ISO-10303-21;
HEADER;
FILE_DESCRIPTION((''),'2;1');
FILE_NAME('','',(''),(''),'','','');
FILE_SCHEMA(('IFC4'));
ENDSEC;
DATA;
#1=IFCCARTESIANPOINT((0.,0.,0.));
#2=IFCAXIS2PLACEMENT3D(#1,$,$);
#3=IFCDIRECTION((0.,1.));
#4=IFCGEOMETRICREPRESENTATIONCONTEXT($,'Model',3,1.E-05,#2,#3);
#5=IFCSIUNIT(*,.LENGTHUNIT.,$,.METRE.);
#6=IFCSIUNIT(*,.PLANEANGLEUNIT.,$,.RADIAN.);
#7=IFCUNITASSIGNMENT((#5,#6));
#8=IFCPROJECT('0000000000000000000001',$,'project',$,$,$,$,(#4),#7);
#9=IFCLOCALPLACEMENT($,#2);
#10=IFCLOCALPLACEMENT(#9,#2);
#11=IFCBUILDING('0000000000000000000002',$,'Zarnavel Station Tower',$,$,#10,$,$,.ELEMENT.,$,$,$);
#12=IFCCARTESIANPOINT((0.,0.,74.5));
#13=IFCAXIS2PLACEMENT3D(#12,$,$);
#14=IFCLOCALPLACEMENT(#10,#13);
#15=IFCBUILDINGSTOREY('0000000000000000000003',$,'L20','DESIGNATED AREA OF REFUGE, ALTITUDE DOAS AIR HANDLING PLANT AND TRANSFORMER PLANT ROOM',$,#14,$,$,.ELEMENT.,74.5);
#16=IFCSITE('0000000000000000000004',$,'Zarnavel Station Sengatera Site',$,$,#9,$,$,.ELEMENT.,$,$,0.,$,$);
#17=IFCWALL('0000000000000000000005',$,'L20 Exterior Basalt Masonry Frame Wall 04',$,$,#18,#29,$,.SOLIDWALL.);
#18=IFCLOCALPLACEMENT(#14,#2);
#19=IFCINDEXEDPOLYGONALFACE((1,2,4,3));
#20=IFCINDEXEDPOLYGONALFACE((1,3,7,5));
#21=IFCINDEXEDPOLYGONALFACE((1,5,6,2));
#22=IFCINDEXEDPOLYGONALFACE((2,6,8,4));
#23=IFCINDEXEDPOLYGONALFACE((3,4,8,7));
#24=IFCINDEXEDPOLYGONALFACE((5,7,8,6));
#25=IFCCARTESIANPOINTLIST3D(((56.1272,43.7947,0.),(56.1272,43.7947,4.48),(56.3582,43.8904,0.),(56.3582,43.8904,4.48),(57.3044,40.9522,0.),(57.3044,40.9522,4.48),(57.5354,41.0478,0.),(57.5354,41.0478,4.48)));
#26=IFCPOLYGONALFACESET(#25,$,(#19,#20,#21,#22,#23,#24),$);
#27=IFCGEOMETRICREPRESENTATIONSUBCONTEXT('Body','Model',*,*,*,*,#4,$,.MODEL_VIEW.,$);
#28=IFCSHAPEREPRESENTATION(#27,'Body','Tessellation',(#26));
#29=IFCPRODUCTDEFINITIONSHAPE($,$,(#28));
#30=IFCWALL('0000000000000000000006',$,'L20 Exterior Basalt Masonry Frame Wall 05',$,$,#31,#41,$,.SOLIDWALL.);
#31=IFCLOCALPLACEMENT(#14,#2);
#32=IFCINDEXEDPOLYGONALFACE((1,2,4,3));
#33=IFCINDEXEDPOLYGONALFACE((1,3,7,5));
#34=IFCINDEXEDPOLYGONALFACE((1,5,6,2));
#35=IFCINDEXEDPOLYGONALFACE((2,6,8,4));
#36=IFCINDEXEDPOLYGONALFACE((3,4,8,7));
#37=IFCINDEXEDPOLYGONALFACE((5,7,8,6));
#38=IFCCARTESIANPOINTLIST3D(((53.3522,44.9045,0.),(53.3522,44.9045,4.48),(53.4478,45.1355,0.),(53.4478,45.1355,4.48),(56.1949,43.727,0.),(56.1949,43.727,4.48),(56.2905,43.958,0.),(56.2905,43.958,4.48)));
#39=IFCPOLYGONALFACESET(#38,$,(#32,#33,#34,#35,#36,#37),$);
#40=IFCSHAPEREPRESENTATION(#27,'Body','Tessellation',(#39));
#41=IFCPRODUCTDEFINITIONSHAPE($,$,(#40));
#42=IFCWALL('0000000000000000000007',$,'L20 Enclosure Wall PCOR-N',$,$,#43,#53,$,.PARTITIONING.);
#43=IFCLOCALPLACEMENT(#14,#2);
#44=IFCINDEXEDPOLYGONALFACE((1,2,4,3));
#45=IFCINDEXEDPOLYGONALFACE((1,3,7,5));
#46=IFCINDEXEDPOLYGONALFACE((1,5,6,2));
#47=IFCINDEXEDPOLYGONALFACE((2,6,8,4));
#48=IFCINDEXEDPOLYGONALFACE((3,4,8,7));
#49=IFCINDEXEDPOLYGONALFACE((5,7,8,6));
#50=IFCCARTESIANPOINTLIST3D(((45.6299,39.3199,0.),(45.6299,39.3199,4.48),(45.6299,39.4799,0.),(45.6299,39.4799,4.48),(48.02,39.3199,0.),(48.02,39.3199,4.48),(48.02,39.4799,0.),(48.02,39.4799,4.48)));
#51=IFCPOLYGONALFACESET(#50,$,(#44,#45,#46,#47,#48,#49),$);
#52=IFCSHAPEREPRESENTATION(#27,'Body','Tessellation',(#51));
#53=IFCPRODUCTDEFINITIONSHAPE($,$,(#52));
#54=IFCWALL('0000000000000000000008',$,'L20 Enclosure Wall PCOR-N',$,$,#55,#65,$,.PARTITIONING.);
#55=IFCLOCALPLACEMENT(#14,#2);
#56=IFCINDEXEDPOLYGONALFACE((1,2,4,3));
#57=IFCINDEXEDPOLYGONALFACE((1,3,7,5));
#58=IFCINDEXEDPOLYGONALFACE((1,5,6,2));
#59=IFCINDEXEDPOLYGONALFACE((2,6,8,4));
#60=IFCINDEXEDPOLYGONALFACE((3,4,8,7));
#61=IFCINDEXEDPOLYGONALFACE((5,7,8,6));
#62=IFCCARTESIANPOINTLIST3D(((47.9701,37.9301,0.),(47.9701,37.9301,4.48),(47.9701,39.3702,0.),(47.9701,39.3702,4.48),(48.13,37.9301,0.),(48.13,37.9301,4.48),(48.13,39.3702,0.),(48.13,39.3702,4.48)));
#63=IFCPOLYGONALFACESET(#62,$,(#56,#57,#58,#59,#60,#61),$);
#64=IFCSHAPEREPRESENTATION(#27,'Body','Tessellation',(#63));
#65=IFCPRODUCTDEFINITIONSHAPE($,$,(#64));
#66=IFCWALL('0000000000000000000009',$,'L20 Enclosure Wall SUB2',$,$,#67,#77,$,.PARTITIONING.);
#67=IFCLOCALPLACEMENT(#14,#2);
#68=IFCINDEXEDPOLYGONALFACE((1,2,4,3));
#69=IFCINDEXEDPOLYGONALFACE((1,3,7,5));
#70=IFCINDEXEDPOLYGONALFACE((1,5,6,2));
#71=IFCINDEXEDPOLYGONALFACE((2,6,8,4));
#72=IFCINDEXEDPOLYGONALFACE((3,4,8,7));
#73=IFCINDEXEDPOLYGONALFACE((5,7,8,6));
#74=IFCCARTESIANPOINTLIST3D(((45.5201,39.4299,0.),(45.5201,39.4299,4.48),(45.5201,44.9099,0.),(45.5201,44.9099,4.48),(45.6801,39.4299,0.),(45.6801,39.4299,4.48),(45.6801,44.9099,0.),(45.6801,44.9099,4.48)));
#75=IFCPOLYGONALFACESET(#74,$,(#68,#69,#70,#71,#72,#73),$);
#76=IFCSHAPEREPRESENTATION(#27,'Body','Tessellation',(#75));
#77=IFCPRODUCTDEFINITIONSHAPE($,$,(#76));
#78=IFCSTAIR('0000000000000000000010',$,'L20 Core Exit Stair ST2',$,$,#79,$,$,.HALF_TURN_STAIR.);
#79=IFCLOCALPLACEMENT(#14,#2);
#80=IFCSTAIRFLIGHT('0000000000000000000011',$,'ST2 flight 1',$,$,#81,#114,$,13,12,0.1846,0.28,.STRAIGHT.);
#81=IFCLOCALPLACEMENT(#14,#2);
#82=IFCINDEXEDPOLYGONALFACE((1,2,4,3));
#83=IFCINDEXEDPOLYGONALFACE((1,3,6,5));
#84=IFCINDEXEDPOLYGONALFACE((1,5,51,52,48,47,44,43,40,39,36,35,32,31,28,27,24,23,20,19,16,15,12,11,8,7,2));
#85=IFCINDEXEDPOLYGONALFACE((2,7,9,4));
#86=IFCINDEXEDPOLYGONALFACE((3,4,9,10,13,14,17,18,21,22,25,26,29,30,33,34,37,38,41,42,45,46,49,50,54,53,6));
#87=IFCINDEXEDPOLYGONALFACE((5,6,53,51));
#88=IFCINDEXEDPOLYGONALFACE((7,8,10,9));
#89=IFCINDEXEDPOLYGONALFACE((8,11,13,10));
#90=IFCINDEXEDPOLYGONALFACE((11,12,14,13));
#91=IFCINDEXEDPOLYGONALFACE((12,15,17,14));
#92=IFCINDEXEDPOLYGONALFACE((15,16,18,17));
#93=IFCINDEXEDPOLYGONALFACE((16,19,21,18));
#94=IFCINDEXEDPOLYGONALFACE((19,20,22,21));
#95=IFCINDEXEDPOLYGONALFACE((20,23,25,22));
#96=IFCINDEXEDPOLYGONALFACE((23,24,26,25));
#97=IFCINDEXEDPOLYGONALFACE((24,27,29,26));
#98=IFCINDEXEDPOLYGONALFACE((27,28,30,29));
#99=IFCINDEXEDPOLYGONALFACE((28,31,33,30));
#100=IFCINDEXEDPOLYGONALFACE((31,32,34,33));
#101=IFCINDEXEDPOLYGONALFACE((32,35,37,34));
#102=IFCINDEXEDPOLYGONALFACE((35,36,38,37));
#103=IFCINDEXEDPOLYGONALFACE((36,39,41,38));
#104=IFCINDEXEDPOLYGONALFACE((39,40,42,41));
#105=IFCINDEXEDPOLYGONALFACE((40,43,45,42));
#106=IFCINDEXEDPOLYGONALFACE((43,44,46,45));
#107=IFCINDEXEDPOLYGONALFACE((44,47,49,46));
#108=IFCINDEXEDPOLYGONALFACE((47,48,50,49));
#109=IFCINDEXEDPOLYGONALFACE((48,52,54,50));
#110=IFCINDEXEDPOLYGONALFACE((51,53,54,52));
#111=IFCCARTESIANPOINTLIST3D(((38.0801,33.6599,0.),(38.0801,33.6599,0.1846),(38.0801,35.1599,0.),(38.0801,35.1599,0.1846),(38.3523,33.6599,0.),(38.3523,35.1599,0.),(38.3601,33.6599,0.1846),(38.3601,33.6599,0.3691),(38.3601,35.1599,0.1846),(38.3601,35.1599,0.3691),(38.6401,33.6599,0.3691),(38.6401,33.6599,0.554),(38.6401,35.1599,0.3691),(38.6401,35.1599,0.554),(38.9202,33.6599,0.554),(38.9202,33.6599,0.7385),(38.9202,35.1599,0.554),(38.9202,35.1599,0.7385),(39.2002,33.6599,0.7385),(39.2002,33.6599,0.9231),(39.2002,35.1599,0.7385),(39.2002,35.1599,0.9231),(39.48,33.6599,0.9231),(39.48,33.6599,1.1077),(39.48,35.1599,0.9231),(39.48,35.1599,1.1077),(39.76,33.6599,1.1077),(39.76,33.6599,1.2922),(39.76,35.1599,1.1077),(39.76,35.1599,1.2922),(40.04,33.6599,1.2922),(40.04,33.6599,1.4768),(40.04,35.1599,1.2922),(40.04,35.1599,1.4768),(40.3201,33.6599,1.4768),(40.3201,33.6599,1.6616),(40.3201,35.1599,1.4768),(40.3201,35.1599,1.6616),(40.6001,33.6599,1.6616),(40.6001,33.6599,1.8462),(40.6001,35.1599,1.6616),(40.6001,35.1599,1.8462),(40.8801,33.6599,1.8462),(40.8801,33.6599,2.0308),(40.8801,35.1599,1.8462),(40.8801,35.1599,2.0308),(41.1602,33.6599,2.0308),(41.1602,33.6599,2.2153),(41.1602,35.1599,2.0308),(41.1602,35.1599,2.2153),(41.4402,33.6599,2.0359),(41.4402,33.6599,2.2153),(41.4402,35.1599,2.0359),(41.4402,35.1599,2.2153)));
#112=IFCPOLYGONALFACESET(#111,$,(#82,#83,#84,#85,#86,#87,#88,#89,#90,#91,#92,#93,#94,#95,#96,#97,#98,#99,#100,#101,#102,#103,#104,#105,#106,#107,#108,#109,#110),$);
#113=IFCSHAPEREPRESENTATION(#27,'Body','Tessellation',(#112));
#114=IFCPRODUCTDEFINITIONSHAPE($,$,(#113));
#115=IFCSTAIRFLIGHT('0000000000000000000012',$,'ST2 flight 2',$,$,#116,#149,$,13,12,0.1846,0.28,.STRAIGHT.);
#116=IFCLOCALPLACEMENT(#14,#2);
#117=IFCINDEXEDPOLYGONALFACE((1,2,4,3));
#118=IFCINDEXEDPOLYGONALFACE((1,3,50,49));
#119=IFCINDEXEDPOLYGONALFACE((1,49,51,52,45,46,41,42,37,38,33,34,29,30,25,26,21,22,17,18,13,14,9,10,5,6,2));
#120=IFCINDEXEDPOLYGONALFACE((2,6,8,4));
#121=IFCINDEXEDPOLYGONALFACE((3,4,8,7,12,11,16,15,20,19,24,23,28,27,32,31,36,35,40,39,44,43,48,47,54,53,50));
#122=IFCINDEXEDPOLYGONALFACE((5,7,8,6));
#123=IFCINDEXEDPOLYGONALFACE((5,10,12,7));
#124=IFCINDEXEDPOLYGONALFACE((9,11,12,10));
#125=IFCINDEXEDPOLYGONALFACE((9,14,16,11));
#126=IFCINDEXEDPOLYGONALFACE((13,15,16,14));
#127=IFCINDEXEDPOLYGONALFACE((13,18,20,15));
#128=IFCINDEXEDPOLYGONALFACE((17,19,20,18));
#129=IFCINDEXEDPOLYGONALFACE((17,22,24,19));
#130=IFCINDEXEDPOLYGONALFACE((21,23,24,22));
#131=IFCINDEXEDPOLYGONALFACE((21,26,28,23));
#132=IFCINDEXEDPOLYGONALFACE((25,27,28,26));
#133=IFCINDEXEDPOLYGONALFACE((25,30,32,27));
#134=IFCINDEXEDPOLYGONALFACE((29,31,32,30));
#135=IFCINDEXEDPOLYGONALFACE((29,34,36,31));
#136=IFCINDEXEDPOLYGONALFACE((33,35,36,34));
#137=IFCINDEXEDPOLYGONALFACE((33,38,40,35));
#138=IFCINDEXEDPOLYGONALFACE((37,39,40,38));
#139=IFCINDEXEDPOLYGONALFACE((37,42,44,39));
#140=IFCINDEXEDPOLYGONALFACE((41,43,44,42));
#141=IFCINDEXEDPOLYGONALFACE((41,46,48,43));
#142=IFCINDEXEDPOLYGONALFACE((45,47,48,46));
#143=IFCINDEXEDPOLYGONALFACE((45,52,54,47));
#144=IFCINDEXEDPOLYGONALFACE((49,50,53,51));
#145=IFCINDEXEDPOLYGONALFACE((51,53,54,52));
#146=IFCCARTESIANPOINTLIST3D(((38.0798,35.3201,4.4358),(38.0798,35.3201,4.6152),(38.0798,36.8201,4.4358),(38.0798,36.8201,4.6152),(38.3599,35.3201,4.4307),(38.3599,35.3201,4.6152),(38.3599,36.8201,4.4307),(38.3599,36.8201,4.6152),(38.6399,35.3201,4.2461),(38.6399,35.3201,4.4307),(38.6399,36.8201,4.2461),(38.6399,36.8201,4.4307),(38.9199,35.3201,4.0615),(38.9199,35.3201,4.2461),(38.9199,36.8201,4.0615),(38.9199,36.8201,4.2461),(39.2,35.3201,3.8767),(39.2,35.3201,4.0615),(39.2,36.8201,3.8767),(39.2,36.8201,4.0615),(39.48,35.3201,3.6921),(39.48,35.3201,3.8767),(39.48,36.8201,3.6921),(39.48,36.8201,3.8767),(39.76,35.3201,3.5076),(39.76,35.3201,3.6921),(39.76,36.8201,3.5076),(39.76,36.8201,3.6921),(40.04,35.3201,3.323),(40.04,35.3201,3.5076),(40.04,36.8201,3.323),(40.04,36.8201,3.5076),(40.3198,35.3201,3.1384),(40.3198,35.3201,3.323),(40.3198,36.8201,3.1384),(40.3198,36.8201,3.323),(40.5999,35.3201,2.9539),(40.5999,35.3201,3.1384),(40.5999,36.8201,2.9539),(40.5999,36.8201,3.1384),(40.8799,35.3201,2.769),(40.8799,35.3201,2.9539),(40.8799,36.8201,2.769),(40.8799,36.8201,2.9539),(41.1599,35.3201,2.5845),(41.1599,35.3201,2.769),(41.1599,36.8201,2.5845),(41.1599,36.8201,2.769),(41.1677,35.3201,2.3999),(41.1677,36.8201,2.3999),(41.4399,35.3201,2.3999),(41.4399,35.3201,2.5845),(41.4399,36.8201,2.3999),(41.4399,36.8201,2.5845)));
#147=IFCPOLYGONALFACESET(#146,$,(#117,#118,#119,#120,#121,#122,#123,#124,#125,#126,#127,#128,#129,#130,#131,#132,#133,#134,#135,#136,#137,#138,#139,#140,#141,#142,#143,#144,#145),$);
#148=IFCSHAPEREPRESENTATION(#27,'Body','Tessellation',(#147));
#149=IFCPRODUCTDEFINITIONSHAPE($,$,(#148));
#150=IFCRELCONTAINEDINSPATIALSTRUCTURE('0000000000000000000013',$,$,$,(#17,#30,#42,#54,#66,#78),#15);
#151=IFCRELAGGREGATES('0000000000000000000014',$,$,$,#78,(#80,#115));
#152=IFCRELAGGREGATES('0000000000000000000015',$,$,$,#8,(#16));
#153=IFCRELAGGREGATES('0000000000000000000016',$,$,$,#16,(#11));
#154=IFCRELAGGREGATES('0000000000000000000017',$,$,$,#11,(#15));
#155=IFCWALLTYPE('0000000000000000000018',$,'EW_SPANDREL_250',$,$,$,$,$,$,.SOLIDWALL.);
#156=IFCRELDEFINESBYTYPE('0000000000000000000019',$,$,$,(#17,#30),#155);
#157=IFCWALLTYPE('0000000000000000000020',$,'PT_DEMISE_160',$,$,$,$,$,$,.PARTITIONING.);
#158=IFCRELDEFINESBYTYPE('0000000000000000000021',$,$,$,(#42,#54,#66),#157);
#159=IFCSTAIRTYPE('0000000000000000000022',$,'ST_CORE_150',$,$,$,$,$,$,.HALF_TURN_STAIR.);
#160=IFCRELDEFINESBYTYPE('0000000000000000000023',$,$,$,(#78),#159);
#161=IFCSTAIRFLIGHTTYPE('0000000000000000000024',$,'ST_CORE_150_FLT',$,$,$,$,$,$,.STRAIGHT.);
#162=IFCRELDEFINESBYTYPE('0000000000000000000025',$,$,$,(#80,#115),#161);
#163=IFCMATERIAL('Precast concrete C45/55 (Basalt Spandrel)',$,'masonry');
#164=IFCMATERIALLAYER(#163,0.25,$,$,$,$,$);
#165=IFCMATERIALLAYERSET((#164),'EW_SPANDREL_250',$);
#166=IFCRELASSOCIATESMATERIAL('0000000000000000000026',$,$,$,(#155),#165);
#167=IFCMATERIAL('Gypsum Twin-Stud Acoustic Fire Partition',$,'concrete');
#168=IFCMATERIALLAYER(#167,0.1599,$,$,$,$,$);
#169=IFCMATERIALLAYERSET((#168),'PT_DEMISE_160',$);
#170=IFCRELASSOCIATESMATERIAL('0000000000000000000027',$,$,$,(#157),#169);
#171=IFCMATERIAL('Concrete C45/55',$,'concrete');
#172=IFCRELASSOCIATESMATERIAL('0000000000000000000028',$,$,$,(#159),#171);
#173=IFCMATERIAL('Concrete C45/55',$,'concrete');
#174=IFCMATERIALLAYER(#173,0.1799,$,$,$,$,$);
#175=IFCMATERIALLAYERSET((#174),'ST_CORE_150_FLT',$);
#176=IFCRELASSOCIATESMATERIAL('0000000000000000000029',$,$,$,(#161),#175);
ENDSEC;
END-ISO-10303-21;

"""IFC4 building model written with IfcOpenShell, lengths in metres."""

from ifc_helpers import new_model, si_unit, direction, frame, frame_2d, origin, place, context, subcontext, project, spatial, polyline, rectangle, outline, extrude, material, layer, layer_set, type_object, element, aggregate, save


model = new_model("IFC4")

# Units and contexts
model_context = context("Model", 3, precision=1e-05, world=origin(), true_north=direction((0.0, 1.0)))
body_context = subcontext(model_context, "Body", "Model", "MODEL_VIEW")
ifc_project = project(units=[si_unit("LENGTHUNIT", "METRE"), si_unit("PLANEANGLEUNIT", "RADIAN")], contexts=[model_context])

# Site, building, storey
site_placement = place(None, origin())
site = spatial("IfcSite", under=ifc_project, at=site_placement, Name="Zarnavel Station Sengatera Site", CompositionType="ELEMENT", RefElevation=0.0)
building_placement = place(site_placement, origin())
building = spatial("IfcBuilding", under=site, at=building_placement, Name="Zarnavel Station Tower", CompositionType="ELEMENT")
storey_placement = place(building_placement, frame((0.0, 0.0, 74.5)))
storey = spatial("IfcBuildingStorey", under=building, at=storey_placement, Name="L20", Description="DESIGNATED AREA OF REFUGE, ALTITUDE DOAS AIR HANDLING PLANT AND TRANSFORMER PLANT ROOM", CompositionType="ELEMENT", Elevation=74.5)

# Walls
ifc_material_1 = material(Name="Precast concrete C45/55 (Basalt Spandrel)", Category="masonry")
ifc_layer_1 = layer(ifc_material_1, 0.25)
ifc_layer_set_1 = layer_set([ifc_layer_1], Name="EW_SPANDREL_250")
wall_type_1 = type_object("IfcWallType", Name="EW_SPANDREL_250", PredefinedType="SOLIDWALL", material=ifc_layer_set_1)
wall_1_placement = place(storey_placement, frame((56.2427, 43.8425, 0.0), z_axis=(0.0, 0.0, 1.0), x_axis=(0.382637, -0.923899, 0.0)))
element("IfcWall", 1, at=wall_1_placement, inside=storey, type_object=wall_type_1, Name="L20 Exterior Basalt Masonry Frame Wall 04", PredefinedType="SOLIDWALL", context=body_context, shape_type="SweptSolid", body=[
    extrude(rectangle(XDim=3.0767, YDim=0.25, at=frame_2d((1.5383, 0.0))), origin(), (0.0, 0.0, 1.0), 4.48),
])
wall_2_placement = place(storey_placement, frame((53.3999, 45.02, 0.0), z_axis=(0.0, 0.0, 1.0), x_axis=(0.923882, -0.382676, 0.0)))
element("IfcWall", 2, at=wall_2_placement, inside=storey, type_object=wall_type_1, Name="L20 Exterior Basalt Masonry Frame Wall 05", PredefinedType="SOLIDWALL", context=body_context, shape_type="SweptSolid", body=[
    extrude(rectangle(XDim=3.0769, YDim=0.25, at=frame_2d((1.5386, 0.0))), origin(), (0.0, 0.0, 1.0), 4.48),
])
ifc_material_2 = material(Name="Gypsum Twin-Stud Acoustic Fire Partition", Category="concrete")
ifc_layer_2 = layer(ifc_material_2, 0.1599)
ifc_layer_set_2 = layer_set([ifc_layer_2], Name="PT_DEMISE_160")
wall_type_2 = type_object("IfcWallType", Name="PT_DEMISE_160", PredefinedType="PARTITIONING", material=ifc_layer_set_2)
wall_3_placement = place(storey_placement, frame((45.6299, 39.3999, 0.0), z_axis=(0.0, 0.0, 1.0), x_axis=(1.0, 0.0, 0.0)))
element("IfcWall", 3, at=wall_3_placement, inside=storey, type_object=wall_type_2, Name="L20 Enclosure Wall PCOR-N", PredefinedType="PARTITIONING", context=body_context, shape_type="SweptSolid", body=[
    extrude(rectangle(XDim=2.3901, YDim=0.1599, at=frame_2d((1.1951, 0.0))), origin(), (0.0, 0.0, 1.0), 4.48),
])
wall_4_placement = place(storey_placement, frame((48.05, 37.9299, 0.0), z_axis=(0.0, 0.0, 1.0), x_axis=(0.0, 1.0, 0.0)))
element("IfcWall", 4, at=wall_4_placement, inside=storey, type_object=wall_type_2, Name="L20 Enclosure Wall PCOR-N", PredefinedType="PARTITIONING", context=body_context, shape_type="SweptSolid", body=[
    extrude(rectangle(XDim=1.4402, YDim=0.1599, at=frame_2d((0.7202, 0.0))), origin(), (0.0, 0.0, 1.0), 4.48),
])
wall_5_placement = place(storey_placement, frame((45.6001, 39.4299, 0.0), z_axis=(0.0, 0.0, 1.0), x_axis=(0.0, 1.0, 0.0)))
element("IfcWall", 5, at=wall_5_placement, inside=storey, type_object=wall_type_2, Name="L20 Enclosure Wall SUB2", PredefinedType="PARTITIONING", context=body_context, shape_type="SweptSolid", body=[
    extrude(rectangle(XDim=5.48, YDim=0.1599, at=frame_2d((2.74, 0.0))), origin(), (0.0, 0.0, 1.0), 4.48),
])

# Stair, stair flights
ifc_material_3 = material(Name="Concrete C45/55", Category="concrete")
stair_type = type_object("IfcStairType", Name="ST_CORE_150", PredefinedType="HALF_TURN_STAIR", material=ifc_material_3)
stair_placement = place(storey_placement, origin())
stair = element("IfcStair", 6, at=stair_placement, inside=storey, type_object=stair_type, Name="L20 Core Exit Stair ST2", PredefinedType="HALF_TURN_STAIR")
ifc_material_4 = material(Name="Concrete C45/55", Category="concrete")
ifc_layer_3 = layer(ifc_material_4, 0.1799)
ifc_layer_set_3 = layer_set([ifc_layer_3], Name="ST_CORE_150_FLT")
stair_flight_type = type_object("IfcStairFlightType", Name="ST_CORE_150_FLT", PredefinedType="STRAIGHT", material=ifc_layer_set_3)
stair_flight_1_placement = place(storey_placement, frame((38.0801, 34.4099, 0.0), z_axis=(0.0, 0.0, 1.0), x_axis=(1.0, 0.0, 0.0)))
stair_flight_1 = element("IfcStairFlight", 7, at=stair_flight_1_placement, type_object=stair_flight_type, Name="ST2 flight 1", NumberOfRisers=13, NumberOfTreads=12, PredefinedType="STRAIGHT", RiserHeight=0.1846, TreadLength=0.28, context=body_context, shape_type="SweptSolid", body=[
    extrude(outline(polyline([(0.0, 0.0), (0.0, 0.1846), (0.28, 0.1846), (0.28, 0.3691), (0.5601, 0.3691), (0.5601, 0.554), (0.8401, 0.554), (0.8401, 0.7385), (1.1201, 0.7385), (1.1201, 0.9231), (1.3999, 0.9231), (1.3999, 1.1077), (1.6799, 1.1077), (1.6799, 1.2922), (1.96, 1.2922), (1.96, 1.4768), (2.24, 1.4768), (2.24, 1.6616), (2.52, 1.6616), (2.52, 1.8462), (2.8, 1.8462), (2.8, 2.0308), (3.0801, 2.0308), (3.0801, 2.2153), (3.3601, 2.2153), (3.3601, 2.3999), (3.3601, 2.0359), (0.2722, 0.0), (0.0, 0.0)])), frame((0.0, 0.75, 0.0), z_axis=(0.0, -1.0, 0.0), x_axis=(1.0, 0.0, 0.0)), (0.0, 0.0, 1.0), 1.5),
])
stair_flight_2_placement = place(storey_placement, frame((41.4399, 36.0701, 2.3999), z_axis=(0.0, 0.0, 1.0), x_axis=(-1.0, 0.0, 0.0)))
stair_flight_2 = element("IfcStairFlight", 8, at=stair_flight_2_placement, type_object=stair_flight_type, Name="ST2 flight 2", NumberOfRisers=13, NumberOfTreads=12, PredefinedType="STRAIGHT", RiserHeight=0.1846, TreadLength=0.28, context=body_context, shape_type="SweptSolid", body=[
    extrude(outline(polyline([(0.0, 0.0), (0.0, 0.1846), (0.28, 0.1846), (0.28, 0.3691), (0.5601, 0.3691), (0.5601, 0.554), (0.8401, 0.554), (0.8401, 0.7385), (1.1201, 0.7385), (1.1201, 0.9231), (1.3999, 0.9231), (1.3999, 1.1077), (1.6799, 1.1077), (1.6799, 1.2922), (1.96, 1.2922), (1.96, 1.4768), (2.24, 1.4768), (2.24, 1.6616), (2.52, 1.6616), (2.52, 1.8462), (2.8, 1.8462), (2.8, 2.0308), (3.0801, 2.0308), (3.0801, 2.2153), (3.3601, 2.2153), (3.3601, 2.3999), (3.3601, 2.0359), (0.2722, 0.0), (0.0, 0.0)])), frame((0.0, 0.75, 0.0), z_axis=(0.0, -1.0, 0.0), x_axis=(1.0, 0.0, 0.0)), (0.0, 0.0, 1.0), 1.5),
])
aggregate(stair, [stair_flight_1, stair_flight_2])

save(model, "model.ifc")
